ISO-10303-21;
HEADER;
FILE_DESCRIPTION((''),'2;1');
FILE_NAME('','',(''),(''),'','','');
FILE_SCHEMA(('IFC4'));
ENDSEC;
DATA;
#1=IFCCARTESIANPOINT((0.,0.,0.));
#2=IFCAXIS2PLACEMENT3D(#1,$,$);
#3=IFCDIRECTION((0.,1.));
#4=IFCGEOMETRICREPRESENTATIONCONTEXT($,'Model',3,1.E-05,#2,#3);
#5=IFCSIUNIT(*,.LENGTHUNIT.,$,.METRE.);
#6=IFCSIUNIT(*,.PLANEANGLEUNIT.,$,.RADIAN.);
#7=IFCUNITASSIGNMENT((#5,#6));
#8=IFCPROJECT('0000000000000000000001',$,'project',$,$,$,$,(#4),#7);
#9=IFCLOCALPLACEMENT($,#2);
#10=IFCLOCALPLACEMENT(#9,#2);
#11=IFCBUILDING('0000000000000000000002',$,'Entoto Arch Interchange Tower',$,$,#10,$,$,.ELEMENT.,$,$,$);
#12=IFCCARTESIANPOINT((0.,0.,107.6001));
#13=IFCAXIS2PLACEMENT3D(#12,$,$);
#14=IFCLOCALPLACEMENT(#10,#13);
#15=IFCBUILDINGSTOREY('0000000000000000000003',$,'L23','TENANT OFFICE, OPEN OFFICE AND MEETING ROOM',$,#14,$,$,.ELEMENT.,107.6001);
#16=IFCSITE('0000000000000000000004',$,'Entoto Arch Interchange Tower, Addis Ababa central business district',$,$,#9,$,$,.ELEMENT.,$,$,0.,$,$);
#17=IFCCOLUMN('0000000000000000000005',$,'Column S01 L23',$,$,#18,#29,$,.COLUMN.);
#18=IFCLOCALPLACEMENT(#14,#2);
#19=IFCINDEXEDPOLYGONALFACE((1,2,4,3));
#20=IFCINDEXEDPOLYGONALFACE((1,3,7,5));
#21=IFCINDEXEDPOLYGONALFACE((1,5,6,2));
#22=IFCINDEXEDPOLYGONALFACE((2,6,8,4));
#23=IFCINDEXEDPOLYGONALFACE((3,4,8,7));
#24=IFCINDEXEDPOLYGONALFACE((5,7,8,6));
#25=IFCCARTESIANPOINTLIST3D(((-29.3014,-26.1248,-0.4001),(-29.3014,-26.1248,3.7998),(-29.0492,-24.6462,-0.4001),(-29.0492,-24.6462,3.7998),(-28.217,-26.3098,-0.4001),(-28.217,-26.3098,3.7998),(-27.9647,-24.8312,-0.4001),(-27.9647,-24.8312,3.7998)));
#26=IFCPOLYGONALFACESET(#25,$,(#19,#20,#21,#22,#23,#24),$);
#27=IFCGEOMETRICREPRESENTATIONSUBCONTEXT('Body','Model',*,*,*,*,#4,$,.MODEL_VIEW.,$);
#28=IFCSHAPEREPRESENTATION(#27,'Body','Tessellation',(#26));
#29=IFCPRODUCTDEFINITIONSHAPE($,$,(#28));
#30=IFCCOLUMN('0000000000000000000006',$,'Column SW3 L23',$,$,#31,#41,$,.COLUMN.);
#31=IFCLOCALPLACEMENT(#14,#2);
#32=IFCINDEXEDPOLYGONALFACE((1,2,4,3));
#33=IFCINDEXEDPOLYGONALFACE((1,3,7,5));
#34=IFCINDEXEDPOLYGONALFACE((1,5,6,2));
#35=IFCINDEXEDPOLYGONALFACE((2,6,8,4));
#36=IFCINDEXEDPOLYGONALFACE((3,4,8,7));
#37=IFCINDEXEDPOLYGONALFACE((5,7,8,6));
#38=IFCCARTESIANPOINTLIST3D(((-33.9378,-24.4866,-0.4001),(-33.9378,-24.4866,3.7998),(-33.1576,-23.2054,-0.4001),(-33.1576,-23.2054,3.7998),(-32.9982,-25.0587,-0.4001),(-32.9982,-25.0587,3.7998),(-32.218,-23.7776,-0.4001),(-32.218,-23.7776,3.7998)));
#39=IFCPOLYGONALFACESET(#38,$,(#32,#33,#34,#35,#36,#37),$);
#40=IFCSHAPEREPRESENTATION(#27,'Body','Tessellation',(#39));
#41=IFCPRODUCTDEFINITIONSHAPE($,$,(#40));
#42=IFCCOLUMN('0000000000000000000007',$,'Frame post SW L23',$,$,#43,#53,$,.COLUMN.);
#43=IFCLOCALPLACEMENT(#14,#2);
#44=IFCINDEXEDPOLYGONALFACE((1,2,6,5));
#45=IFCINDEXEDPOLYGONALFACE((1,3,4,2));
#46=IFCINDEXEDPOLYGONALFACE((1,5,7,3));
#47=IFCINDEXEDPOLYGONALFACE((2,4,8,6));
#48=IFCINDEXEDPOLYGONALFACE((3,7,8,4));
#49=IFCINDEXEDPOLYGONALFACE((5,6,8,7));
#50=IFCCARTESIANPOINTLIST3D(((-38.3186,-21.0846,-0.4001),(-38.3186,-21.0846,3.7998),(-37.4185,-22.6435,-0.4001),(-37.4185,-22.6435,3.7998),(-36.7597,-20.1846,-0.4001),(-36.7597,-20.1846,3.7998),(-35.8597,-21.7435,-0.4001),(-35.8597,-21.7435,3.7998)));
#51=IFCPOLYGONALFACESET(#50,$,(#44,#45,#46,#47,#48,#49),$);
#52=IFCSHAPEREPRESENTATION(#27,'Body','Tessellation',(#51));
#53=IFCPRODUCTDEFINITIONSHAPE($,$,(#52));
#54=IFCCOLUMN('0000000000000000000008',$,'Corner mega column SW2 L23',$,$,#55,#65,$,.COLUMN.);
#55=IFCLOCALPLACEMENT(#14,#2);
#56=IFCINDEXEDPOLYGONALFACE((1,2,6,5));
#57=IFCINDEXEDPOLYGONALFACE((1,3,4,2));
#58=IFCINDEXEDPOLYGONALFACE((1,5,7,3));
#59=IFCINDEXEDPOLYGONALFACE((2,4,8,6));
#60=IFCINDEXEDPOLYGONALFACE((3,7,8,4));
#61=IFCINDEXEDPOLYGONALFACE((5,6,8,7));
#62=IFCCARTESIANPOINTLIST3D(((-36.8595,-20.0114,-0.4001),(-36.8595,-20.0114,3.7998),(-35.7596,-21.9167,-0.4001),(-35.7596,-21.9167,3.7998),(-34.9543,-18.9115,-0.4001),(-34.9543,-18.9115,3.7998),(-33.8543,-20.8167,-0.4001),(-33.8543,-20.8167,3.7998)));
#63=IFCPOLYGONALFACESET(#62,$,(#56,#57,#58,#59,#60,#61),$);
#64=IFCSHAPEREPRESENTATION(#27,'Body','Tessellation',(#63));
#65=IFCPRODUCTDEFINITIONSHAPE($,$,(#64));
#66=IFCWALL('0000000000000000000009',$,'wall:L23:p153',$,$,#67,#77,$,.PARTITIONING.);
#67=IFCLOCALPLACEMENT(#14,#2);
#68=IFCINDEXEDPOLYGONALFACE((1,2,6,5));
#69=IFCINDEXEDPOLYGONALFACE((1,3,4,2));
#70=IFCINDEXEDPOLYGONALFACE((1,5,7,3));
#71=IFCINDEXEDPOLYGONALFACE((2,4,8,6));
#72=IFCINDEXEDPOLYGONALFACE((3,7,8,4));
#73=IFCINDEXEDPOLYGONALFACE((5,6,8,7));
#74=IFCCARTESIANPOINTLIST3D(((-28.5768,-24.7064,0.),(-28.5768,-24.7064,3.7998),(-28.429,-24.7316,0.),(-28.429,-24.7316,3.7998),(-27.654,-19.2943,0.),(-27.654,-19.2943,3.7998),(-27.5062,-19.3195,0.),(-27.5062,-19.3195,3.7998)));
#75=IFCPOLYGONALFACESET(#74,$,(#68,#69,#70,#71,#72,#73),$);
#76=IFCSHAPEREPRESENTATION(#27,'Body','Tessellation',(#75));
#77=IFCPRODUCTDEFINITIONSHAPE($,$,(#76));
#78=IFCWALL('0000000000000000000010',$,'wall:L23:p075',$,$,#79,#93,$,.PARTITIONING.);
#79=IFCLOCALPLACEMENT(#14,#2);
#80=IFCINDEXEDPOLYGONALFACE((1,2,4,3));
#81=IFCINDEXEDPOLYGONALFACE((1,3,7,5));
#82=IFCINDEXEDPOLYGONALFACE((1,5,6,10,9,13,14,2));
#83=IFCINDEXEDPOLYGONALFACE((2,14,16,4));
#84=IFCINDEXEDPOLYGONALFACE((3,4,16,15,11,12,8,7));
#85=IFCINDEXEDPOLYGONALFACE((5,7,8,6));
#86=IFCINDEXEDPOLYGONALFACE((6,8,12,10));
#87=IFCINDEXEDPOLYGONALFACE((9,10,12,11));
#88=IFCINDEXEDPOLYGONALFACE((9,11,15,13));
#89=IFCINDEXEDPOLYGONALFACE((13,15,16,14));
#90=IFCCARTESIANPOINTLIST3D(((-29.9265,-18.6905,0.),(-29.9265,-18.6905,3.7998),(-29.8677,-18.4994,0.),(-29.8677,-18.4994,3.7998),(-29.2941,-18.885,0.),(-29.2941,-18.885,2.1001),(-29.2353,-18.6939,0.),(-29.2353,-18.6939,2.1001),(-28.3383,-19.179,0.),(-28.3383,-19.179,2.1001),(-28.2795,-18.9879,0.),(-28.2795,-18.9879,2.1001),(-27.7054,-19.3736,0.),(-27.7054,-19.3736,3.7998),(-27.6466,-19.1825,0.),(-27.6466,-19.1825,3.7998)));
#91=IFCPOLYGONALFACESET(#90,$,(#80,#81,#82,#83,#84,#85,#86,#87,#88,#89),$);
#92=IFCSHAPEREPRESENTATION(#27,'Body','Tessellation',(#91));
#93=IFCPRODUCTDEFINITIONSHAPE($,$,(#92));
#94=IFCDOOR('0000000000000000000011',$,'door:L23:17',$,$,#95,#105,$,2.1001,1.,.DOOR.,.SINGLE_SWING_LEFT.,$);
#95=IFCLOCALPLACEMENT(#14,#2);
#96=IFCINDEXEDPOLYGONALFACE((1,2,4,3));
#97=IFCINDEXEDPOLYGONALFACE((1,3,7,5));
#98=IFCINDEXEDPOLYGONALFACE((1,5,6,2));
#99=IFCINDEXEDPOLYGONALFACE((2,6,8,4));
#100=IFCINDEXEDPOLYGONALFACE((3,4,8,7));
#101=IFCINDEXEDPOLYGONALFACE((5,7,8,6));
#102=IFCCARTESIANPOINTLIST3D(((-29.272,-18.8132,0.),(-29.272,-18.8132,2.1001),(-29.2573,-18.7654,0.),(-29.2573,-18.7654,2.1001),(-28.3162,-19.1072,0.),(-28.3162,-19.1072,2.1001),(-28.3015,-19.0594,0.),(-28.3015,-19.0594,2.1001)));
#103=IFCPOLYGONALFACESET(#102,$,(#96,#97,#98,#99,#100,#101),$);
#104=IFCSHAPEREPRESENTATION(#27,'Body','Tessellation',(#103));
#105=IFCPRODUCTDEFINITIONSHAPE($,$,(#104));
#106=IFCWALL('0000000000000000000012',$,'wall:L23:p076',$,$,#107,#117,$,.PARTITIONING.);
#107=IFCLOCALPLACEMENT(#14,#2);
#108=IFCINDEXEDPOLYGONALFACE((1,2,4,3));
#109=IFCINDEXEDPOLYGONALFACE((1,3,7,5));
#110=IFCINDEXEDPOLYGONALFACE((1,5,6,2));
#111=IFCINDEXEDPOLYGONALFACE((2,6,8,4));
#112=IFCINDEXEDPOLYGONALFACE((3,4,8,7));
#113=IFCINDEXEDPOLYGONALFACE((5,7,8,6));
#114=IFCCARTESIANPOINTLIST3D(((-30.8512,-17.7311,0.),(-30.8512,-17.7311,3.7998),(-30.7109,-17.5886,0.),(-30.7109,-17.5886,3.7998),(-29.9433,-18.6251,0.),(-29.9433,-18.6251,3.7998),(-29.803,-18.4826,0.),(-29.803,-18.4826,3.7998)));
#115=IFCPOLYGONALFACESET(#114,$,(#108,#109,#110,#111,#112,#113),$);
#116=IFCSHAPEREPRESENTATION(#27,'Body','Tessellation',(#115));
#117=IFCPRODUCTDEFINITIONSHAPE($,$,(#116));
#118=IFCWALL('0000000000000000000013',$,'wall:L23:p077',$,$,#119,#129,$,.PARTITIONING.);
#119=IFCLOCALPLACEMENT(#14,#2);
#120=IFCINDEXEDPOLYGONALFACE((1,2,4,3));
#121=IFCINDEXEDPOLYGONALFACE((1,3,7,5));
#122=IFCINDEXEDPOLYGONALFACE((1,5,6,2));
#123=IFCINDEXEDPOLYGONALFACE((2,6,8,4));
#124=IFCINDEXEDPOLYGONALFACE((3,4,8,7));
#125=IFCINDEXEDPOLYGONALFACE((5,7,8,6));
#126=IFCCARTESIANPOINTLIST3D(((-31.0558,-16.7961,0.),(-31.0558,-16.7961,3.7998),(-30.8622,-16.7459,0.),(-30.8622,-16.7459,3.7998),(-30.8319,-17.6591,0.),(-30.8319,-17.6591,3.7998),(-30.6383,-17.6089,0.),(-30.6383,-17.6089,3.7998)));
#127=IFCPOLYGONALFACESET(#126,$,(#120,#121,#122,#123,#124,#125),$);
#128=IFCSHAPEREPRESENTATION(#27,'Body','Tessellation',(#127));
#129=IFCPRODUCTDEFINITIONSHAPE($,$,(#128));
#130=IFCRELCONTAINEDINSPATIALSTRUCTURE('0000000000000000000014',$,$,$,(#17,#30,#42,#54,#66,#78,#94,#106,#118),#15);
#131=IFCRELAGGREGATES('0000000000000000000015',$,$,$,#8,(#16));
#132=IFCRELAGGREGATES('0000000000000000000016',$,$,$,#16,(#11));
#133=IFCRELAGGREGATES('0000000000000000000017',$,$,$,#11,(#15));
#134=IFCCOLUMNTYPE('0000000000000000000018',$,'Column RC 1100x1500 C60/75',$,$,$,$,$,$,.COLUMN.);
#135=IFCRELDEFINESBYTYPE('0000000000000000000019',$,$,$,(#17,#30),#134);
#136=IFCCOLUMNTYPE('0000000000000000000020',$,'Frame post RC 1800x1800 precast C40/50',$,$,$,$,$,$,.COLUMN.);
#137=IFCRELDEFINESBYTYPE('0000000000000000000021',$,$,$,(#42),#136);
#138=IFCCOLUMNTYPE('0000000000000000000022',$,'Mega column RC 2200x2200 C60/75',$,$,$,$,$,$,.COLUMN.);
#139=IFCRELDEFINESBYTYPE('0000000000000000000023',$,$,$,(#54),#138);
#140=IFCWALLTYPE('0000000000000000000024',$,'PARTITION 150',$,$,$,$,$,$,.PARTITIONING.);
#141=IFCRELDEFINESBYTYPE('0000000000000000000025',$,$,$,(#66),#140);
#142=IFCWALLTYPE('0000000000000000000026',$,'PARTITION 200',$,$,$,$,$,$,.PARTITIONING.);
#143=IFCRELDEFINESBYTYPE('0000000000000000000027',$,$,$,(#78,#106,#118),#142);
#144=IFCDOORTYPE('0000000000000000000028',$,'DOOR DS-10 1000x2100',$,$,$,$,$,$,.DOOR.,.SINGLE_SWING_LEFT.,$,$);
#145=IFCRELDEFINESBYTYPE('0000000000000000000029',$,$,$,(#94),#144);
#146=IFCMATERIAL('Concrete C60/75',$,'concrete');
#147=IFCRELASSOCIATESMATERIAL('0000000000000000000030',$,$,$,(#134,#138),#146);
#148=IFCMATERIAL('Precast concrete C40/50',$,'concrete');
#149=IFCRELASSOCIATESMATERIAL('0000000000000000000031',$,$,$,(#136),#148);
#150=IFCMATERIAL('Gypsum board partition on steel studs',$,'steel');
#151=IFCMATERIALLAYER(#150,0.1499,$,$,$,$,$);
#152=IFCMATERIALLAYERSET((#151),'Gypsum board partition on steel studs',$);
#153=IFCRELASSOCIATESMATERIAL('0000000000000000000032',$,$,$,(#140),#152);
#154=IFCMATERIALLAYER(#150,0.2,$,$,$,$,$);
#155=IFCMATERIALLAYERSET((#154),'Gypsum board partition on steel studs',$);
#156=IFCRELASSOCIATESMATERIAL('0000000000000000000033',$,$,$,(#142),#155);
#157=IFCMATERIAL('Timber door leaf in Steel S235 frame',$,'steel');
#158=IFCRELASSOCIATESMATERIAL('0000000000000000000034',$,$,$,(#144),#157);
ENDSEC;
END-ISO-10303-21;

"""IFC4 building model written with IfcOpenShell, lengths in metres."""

from ifc_helpers import new_model, si_unit, direction, frame, frame_2d, origin, origin_2d, place, context, subcontext, project, spatial, rectangle, extrude, material, layer, layer_set, material_profile, profile_set, type_object, element, fill, save


model = new_model("IFC4")

# Units and contexts
model_context = context("Model", 3, precision=1e-05, world=origin(), true_north=direction((0.0, 1.0)))
body_context = subcontext(model_context, "Body", "Model", "MODEL_VIEW")
ifc_project = project(units=[si_unit("LENGTHUNIT", "METRE"), si_unit("PLANEANGLEUNIT", "RADIAN")], contexts=[model_context])

# Site, building, storey
site_placement = place(None, origin())
site = spatial("IfcSite", under=ifc_project, at=site_placement, Name="Entoto Arch Interchange Tower, Addis Ababa central business district", CompositionType="ELEMENT", RefElevation=0.0)
building_placement = place(site_placement, origin())
building = spatial("IfcBuilding", under=site, at=building_placement, Name="Entoto Arch Interchange Tower", CompositionType="ELEMENT")
storey_placement = place(building_placement, frame((0.0, 0.0, 107.6001)))
storey = spatial("IfcBuildingStorey", under=building, at=storey_placement, Name="L23", Description="TENANT OFFICE, OPEN OFFICE AND MEETING ROOM", CompositionType="ELEMENT", Elevation=107.6001)

# Columns
ifc_material_1 = material(Name="Concrete C60/75", Category="concrete")
ifc_material_profile_1 = material_profile(ifc_material_1, rectangle(XDim=1.1001, YDim=1.5, at=origin_2d()))
ifc_profile_set_1 = profile_set([ifc_material_profile_1], Name="Concrete C60/75")
column_type_1 = type_object("IfcColumnType", Name="Column RC 1100x1500 C60/75", PredefinedType="COLUMN", material=ifc_profile_set_1)
for number, where, z_axis, x_axis, name in (
    (1, (-28.6331, -25.478, -0.4001), (0.0, 0.0, 1.0), (-0.985759, 0.168162, 0.0), "Column S01 L23"),
    (2, (-33.0779, -24.1321, -0.4001), (0.0, 0.0, 1.0), (-0.854096, 0.520116, 0.0), "Column SW3 L23"),
):
    element("IfcColumn", number, at=place(storey_placement, frame(where, z_axis=z_axis, x_axis=x_axis)), inside=storey, type_object=column_type_1, Name=name, PredefinedType="COLUMN", context=body_context, shape_type="SweptSolid", body=[
        extrude(rectangle(XDim=1.1001, YDim=1.5, at=origin_2d()), origin(), (0.0, 0.0, 1.0), 4.2),
    ])
ifc_material_2 = material(Name="Precast concrete C40/50", Category="concrete")
ifc_material_profile_2 = material_profile(ifc_material_2, rectangle(XDim=1.8, YDim=1.8, at=origin_2d()))
ifc_profile_set_2 = profile_set([ifc_material_profile_2], Name="Precast concrete C40/50")
column_type_2 = type_object("IfcColumnType", Name="Frame post RC 1800x1800 precast C40/50", PredefinedType="COLUMN", material=ifc_profile_set_2)
column_1_placement = place(storey_placement, frame((-37.0891, -21.4141, -0.4001), z_axis=(0.0, 0.0, 1.0), x_axis=(0.866025, 0.5, 0.0)))
element("IfcColumn", 3, at=column_1_placement, inside=storey, type_object=column_type_2, Name="Frame post SW L23", PredefinedType="COLUMN", context=body_context, shape_type="SweptSolid", body=[
    extrude(rectangle(XDim=1.8, YDim=1.8, at=origin_2d()), origin(), (0.0, 0.0, 1.0), 4.2),
])
ifc_material_profile_3 = material_profile(ifc_material_1, rectangle(XDim=2.2, YDim=2.2, at=origin_2d()))
ifc_profile_set_3 = profile_set([ifc_material_profile_3], Name="Concrete C60/75")
column_type_3 = type_object("IfcColumnType", Name="Mega column RC 2200x2200 C60/75", PredefinedType="COLUMN", material=ifc_profile_set_3)
column_2_placement = place(storey_placement, frame((-35.3569, -20.4141, -0.4001), z_axis=(0.0, 0.0, 1.0), x_axis=(0.866025, 0.5, 0.0)))
element("IfcColumn", 4, at=column_2_placement, inside=storey, type_object=column_type_3, Name="Corner mega column SW2 L23", PredefinedType="COLUMN", context=body_context, shape_type="SweptSolid", body=[
    extrude(rectangle(XDim=2.2, YDim=2.2, at=origin_2d()), origin(), (0.0, 0.0, 1.0), 4.2),
])

# Wall
ifc_material_3 = material(Name="Gypsum board partition on steel studs", Category="steel")
ifc_layer_1 = layer(ifc_material_3, 0.1499)
ifc_layer_set_1 = layer_set([ifc_layer_1], Name="Gypsum board partition on steel studs")
wall_type_1 = type_object("IfcWallType", Name="PARTITION 150", PredefinedType="PARTITIONING", material=ifc_layer_set_1)
wall_1_placement = place(storey_placement, frame((-27.5801, -19.3069, 0.0), z_axis=(0.0, 0.0, 1.0), x_axis=(-0.16809, -0.985772, 0.0)))
element("IfcWall", 5, at=wall_1_placement, inside=storey, type_object=wall_type_1, Name="wall:L23:p153", PredefinedType="PARTITIONING", context=body_context, shape_type="SweptSolid", body=[
    extrude(rectangle(XDim=5.4902, YDim=0.1499, at=frame_2d((2.7451, 0.0))), origin(), (0.0, 0.0, 1.0), 3.7998),
])

# Wall, opening, door
ifc_layer_2 = layer(ifc_material_3, 0.2)
ifc_layer_set_2 = layer_set([ifc_layer_2], Name="Gypsum board partition on steel studs")
wall_type_2 = type_object("IfcWallType", Name="PARTITION 200", PredefinedType="PARTITIONING", material=ifc_layer_set_2)
wall_2_placement = place(storey_placement, frame((-27.676, -19.2781, 0.0), z_axis=(0.0, 0.0, 1.0), x_axis=(-0.955811, 0.293982, 0.0)))
wall_2 = element("IfcWall", 6, at=wall_2_placement, inside=storey, type_object=wall_type_2, Name="wall:L23:p075", PredefinedType="PARTITIONING", context=body_context, shape_type="SweptSolid", body=[
    extrude(rectangle(XDim=2.3237, YDim=0.2, at=frame_2d((1.1619, 0.0))), origin(), (0.0, 0.0, 1.0), 3.7998),
])
opening_1_placement = place(wall_2_placement, frame((0.6621, 0.0, 0.0)))
opening_1 = element("IfcOpeningElement", 7, at=opening_1_placement, cuts=wall_2, PredefinedType="OPENING", context=body_context, shape_type="SweptSolid", body=[
    extrude(rectangle(XDim=1.0, YDim=2.1001, at=frame_2d((0.5, 1.05))), frame((0.0, 0.1099, 0.0), z_axis=(0.0, -1.0, 0.0), x_axis=(1.0, 0.0, 0.0)), (0.0, 0.0, 1.0), 0.22),
])
ifc_material_4 = material(Name="Timber door leaf in Steel S235 frame", Category="steel")
door_type = type_object("IfcDoorType", Name="DOOR DS-10 1000x2100", OperationType="SINGLE_SWING_LEFT", PredefinedType="DOOR", material=ifc_material_4)
door_placement = place(opening_1_placement, origin())
door = element("IfcDoor", 8, at=door_placement, inside=storey, type_object=door_type, Name="door:L23:17", OperationType="SINGLE_SWING_LEFT", OverallHeight=2.1001, OverallWidth=1.0, PredefinedType="DOOR", context=body_context, shape_type="SweptSolid", body=[
    extrude(rectangle(XDim=1.0, YDim=2.1001, at=frame_2d((0.5, 1.05))), frame((0.0, 0.0249, 0.0), z_axis=(0.0, -1.0, 0.0), x_axis=(1.0, 0.0, 0.0)), (0.0, 0.0, 1.0), 0.05),
])
fill(opening_1, door)

# Walls
wall_3_placement = place(storey_placement, frame((-29.873, -18.554, 0.0), z_axis=(0.0, 0.0, 1.0), x_axis=(-0.712546, 0.701625, 0.0)))
element("IfcWall", 9, at=wall_3_placement, inside=storey, type_object=wall_type_2, Name="wall:L23:p076", PredefinedType="PARTITIONING", context=body_context, shape_type="SweptSolid", body=[
    extrude(rectangle(XDim=1.2742, YDim=0.2, at=frame_2d((0.6372, 0.0))), origin(), (0.0, 0.0, 1.0), 3.7998),
])
wall_4_placement = place(storey_placement, frame((-30.7351, -17.634, 0.0), z_axis=(0.0, 0.0, 1.0), x_axis=(-0.251095, 0.967962, 0.0)))
element("IfcWall", 10, at=wall_4_placement, inside=storey, type_object=wall_type_2, Name="wall:L23:p077", PredefinedType="PARTITIONING", context=body_context, shape_type="SweptSolid", body=[
    extrude(rectangle(XDim=0.8916, YDim=0.2, at=frame_2d((0.4458, 0.0))), origin(), (0.0, 0.0, 1.0), 3.7998),
])

save(model, "model.ifc")
